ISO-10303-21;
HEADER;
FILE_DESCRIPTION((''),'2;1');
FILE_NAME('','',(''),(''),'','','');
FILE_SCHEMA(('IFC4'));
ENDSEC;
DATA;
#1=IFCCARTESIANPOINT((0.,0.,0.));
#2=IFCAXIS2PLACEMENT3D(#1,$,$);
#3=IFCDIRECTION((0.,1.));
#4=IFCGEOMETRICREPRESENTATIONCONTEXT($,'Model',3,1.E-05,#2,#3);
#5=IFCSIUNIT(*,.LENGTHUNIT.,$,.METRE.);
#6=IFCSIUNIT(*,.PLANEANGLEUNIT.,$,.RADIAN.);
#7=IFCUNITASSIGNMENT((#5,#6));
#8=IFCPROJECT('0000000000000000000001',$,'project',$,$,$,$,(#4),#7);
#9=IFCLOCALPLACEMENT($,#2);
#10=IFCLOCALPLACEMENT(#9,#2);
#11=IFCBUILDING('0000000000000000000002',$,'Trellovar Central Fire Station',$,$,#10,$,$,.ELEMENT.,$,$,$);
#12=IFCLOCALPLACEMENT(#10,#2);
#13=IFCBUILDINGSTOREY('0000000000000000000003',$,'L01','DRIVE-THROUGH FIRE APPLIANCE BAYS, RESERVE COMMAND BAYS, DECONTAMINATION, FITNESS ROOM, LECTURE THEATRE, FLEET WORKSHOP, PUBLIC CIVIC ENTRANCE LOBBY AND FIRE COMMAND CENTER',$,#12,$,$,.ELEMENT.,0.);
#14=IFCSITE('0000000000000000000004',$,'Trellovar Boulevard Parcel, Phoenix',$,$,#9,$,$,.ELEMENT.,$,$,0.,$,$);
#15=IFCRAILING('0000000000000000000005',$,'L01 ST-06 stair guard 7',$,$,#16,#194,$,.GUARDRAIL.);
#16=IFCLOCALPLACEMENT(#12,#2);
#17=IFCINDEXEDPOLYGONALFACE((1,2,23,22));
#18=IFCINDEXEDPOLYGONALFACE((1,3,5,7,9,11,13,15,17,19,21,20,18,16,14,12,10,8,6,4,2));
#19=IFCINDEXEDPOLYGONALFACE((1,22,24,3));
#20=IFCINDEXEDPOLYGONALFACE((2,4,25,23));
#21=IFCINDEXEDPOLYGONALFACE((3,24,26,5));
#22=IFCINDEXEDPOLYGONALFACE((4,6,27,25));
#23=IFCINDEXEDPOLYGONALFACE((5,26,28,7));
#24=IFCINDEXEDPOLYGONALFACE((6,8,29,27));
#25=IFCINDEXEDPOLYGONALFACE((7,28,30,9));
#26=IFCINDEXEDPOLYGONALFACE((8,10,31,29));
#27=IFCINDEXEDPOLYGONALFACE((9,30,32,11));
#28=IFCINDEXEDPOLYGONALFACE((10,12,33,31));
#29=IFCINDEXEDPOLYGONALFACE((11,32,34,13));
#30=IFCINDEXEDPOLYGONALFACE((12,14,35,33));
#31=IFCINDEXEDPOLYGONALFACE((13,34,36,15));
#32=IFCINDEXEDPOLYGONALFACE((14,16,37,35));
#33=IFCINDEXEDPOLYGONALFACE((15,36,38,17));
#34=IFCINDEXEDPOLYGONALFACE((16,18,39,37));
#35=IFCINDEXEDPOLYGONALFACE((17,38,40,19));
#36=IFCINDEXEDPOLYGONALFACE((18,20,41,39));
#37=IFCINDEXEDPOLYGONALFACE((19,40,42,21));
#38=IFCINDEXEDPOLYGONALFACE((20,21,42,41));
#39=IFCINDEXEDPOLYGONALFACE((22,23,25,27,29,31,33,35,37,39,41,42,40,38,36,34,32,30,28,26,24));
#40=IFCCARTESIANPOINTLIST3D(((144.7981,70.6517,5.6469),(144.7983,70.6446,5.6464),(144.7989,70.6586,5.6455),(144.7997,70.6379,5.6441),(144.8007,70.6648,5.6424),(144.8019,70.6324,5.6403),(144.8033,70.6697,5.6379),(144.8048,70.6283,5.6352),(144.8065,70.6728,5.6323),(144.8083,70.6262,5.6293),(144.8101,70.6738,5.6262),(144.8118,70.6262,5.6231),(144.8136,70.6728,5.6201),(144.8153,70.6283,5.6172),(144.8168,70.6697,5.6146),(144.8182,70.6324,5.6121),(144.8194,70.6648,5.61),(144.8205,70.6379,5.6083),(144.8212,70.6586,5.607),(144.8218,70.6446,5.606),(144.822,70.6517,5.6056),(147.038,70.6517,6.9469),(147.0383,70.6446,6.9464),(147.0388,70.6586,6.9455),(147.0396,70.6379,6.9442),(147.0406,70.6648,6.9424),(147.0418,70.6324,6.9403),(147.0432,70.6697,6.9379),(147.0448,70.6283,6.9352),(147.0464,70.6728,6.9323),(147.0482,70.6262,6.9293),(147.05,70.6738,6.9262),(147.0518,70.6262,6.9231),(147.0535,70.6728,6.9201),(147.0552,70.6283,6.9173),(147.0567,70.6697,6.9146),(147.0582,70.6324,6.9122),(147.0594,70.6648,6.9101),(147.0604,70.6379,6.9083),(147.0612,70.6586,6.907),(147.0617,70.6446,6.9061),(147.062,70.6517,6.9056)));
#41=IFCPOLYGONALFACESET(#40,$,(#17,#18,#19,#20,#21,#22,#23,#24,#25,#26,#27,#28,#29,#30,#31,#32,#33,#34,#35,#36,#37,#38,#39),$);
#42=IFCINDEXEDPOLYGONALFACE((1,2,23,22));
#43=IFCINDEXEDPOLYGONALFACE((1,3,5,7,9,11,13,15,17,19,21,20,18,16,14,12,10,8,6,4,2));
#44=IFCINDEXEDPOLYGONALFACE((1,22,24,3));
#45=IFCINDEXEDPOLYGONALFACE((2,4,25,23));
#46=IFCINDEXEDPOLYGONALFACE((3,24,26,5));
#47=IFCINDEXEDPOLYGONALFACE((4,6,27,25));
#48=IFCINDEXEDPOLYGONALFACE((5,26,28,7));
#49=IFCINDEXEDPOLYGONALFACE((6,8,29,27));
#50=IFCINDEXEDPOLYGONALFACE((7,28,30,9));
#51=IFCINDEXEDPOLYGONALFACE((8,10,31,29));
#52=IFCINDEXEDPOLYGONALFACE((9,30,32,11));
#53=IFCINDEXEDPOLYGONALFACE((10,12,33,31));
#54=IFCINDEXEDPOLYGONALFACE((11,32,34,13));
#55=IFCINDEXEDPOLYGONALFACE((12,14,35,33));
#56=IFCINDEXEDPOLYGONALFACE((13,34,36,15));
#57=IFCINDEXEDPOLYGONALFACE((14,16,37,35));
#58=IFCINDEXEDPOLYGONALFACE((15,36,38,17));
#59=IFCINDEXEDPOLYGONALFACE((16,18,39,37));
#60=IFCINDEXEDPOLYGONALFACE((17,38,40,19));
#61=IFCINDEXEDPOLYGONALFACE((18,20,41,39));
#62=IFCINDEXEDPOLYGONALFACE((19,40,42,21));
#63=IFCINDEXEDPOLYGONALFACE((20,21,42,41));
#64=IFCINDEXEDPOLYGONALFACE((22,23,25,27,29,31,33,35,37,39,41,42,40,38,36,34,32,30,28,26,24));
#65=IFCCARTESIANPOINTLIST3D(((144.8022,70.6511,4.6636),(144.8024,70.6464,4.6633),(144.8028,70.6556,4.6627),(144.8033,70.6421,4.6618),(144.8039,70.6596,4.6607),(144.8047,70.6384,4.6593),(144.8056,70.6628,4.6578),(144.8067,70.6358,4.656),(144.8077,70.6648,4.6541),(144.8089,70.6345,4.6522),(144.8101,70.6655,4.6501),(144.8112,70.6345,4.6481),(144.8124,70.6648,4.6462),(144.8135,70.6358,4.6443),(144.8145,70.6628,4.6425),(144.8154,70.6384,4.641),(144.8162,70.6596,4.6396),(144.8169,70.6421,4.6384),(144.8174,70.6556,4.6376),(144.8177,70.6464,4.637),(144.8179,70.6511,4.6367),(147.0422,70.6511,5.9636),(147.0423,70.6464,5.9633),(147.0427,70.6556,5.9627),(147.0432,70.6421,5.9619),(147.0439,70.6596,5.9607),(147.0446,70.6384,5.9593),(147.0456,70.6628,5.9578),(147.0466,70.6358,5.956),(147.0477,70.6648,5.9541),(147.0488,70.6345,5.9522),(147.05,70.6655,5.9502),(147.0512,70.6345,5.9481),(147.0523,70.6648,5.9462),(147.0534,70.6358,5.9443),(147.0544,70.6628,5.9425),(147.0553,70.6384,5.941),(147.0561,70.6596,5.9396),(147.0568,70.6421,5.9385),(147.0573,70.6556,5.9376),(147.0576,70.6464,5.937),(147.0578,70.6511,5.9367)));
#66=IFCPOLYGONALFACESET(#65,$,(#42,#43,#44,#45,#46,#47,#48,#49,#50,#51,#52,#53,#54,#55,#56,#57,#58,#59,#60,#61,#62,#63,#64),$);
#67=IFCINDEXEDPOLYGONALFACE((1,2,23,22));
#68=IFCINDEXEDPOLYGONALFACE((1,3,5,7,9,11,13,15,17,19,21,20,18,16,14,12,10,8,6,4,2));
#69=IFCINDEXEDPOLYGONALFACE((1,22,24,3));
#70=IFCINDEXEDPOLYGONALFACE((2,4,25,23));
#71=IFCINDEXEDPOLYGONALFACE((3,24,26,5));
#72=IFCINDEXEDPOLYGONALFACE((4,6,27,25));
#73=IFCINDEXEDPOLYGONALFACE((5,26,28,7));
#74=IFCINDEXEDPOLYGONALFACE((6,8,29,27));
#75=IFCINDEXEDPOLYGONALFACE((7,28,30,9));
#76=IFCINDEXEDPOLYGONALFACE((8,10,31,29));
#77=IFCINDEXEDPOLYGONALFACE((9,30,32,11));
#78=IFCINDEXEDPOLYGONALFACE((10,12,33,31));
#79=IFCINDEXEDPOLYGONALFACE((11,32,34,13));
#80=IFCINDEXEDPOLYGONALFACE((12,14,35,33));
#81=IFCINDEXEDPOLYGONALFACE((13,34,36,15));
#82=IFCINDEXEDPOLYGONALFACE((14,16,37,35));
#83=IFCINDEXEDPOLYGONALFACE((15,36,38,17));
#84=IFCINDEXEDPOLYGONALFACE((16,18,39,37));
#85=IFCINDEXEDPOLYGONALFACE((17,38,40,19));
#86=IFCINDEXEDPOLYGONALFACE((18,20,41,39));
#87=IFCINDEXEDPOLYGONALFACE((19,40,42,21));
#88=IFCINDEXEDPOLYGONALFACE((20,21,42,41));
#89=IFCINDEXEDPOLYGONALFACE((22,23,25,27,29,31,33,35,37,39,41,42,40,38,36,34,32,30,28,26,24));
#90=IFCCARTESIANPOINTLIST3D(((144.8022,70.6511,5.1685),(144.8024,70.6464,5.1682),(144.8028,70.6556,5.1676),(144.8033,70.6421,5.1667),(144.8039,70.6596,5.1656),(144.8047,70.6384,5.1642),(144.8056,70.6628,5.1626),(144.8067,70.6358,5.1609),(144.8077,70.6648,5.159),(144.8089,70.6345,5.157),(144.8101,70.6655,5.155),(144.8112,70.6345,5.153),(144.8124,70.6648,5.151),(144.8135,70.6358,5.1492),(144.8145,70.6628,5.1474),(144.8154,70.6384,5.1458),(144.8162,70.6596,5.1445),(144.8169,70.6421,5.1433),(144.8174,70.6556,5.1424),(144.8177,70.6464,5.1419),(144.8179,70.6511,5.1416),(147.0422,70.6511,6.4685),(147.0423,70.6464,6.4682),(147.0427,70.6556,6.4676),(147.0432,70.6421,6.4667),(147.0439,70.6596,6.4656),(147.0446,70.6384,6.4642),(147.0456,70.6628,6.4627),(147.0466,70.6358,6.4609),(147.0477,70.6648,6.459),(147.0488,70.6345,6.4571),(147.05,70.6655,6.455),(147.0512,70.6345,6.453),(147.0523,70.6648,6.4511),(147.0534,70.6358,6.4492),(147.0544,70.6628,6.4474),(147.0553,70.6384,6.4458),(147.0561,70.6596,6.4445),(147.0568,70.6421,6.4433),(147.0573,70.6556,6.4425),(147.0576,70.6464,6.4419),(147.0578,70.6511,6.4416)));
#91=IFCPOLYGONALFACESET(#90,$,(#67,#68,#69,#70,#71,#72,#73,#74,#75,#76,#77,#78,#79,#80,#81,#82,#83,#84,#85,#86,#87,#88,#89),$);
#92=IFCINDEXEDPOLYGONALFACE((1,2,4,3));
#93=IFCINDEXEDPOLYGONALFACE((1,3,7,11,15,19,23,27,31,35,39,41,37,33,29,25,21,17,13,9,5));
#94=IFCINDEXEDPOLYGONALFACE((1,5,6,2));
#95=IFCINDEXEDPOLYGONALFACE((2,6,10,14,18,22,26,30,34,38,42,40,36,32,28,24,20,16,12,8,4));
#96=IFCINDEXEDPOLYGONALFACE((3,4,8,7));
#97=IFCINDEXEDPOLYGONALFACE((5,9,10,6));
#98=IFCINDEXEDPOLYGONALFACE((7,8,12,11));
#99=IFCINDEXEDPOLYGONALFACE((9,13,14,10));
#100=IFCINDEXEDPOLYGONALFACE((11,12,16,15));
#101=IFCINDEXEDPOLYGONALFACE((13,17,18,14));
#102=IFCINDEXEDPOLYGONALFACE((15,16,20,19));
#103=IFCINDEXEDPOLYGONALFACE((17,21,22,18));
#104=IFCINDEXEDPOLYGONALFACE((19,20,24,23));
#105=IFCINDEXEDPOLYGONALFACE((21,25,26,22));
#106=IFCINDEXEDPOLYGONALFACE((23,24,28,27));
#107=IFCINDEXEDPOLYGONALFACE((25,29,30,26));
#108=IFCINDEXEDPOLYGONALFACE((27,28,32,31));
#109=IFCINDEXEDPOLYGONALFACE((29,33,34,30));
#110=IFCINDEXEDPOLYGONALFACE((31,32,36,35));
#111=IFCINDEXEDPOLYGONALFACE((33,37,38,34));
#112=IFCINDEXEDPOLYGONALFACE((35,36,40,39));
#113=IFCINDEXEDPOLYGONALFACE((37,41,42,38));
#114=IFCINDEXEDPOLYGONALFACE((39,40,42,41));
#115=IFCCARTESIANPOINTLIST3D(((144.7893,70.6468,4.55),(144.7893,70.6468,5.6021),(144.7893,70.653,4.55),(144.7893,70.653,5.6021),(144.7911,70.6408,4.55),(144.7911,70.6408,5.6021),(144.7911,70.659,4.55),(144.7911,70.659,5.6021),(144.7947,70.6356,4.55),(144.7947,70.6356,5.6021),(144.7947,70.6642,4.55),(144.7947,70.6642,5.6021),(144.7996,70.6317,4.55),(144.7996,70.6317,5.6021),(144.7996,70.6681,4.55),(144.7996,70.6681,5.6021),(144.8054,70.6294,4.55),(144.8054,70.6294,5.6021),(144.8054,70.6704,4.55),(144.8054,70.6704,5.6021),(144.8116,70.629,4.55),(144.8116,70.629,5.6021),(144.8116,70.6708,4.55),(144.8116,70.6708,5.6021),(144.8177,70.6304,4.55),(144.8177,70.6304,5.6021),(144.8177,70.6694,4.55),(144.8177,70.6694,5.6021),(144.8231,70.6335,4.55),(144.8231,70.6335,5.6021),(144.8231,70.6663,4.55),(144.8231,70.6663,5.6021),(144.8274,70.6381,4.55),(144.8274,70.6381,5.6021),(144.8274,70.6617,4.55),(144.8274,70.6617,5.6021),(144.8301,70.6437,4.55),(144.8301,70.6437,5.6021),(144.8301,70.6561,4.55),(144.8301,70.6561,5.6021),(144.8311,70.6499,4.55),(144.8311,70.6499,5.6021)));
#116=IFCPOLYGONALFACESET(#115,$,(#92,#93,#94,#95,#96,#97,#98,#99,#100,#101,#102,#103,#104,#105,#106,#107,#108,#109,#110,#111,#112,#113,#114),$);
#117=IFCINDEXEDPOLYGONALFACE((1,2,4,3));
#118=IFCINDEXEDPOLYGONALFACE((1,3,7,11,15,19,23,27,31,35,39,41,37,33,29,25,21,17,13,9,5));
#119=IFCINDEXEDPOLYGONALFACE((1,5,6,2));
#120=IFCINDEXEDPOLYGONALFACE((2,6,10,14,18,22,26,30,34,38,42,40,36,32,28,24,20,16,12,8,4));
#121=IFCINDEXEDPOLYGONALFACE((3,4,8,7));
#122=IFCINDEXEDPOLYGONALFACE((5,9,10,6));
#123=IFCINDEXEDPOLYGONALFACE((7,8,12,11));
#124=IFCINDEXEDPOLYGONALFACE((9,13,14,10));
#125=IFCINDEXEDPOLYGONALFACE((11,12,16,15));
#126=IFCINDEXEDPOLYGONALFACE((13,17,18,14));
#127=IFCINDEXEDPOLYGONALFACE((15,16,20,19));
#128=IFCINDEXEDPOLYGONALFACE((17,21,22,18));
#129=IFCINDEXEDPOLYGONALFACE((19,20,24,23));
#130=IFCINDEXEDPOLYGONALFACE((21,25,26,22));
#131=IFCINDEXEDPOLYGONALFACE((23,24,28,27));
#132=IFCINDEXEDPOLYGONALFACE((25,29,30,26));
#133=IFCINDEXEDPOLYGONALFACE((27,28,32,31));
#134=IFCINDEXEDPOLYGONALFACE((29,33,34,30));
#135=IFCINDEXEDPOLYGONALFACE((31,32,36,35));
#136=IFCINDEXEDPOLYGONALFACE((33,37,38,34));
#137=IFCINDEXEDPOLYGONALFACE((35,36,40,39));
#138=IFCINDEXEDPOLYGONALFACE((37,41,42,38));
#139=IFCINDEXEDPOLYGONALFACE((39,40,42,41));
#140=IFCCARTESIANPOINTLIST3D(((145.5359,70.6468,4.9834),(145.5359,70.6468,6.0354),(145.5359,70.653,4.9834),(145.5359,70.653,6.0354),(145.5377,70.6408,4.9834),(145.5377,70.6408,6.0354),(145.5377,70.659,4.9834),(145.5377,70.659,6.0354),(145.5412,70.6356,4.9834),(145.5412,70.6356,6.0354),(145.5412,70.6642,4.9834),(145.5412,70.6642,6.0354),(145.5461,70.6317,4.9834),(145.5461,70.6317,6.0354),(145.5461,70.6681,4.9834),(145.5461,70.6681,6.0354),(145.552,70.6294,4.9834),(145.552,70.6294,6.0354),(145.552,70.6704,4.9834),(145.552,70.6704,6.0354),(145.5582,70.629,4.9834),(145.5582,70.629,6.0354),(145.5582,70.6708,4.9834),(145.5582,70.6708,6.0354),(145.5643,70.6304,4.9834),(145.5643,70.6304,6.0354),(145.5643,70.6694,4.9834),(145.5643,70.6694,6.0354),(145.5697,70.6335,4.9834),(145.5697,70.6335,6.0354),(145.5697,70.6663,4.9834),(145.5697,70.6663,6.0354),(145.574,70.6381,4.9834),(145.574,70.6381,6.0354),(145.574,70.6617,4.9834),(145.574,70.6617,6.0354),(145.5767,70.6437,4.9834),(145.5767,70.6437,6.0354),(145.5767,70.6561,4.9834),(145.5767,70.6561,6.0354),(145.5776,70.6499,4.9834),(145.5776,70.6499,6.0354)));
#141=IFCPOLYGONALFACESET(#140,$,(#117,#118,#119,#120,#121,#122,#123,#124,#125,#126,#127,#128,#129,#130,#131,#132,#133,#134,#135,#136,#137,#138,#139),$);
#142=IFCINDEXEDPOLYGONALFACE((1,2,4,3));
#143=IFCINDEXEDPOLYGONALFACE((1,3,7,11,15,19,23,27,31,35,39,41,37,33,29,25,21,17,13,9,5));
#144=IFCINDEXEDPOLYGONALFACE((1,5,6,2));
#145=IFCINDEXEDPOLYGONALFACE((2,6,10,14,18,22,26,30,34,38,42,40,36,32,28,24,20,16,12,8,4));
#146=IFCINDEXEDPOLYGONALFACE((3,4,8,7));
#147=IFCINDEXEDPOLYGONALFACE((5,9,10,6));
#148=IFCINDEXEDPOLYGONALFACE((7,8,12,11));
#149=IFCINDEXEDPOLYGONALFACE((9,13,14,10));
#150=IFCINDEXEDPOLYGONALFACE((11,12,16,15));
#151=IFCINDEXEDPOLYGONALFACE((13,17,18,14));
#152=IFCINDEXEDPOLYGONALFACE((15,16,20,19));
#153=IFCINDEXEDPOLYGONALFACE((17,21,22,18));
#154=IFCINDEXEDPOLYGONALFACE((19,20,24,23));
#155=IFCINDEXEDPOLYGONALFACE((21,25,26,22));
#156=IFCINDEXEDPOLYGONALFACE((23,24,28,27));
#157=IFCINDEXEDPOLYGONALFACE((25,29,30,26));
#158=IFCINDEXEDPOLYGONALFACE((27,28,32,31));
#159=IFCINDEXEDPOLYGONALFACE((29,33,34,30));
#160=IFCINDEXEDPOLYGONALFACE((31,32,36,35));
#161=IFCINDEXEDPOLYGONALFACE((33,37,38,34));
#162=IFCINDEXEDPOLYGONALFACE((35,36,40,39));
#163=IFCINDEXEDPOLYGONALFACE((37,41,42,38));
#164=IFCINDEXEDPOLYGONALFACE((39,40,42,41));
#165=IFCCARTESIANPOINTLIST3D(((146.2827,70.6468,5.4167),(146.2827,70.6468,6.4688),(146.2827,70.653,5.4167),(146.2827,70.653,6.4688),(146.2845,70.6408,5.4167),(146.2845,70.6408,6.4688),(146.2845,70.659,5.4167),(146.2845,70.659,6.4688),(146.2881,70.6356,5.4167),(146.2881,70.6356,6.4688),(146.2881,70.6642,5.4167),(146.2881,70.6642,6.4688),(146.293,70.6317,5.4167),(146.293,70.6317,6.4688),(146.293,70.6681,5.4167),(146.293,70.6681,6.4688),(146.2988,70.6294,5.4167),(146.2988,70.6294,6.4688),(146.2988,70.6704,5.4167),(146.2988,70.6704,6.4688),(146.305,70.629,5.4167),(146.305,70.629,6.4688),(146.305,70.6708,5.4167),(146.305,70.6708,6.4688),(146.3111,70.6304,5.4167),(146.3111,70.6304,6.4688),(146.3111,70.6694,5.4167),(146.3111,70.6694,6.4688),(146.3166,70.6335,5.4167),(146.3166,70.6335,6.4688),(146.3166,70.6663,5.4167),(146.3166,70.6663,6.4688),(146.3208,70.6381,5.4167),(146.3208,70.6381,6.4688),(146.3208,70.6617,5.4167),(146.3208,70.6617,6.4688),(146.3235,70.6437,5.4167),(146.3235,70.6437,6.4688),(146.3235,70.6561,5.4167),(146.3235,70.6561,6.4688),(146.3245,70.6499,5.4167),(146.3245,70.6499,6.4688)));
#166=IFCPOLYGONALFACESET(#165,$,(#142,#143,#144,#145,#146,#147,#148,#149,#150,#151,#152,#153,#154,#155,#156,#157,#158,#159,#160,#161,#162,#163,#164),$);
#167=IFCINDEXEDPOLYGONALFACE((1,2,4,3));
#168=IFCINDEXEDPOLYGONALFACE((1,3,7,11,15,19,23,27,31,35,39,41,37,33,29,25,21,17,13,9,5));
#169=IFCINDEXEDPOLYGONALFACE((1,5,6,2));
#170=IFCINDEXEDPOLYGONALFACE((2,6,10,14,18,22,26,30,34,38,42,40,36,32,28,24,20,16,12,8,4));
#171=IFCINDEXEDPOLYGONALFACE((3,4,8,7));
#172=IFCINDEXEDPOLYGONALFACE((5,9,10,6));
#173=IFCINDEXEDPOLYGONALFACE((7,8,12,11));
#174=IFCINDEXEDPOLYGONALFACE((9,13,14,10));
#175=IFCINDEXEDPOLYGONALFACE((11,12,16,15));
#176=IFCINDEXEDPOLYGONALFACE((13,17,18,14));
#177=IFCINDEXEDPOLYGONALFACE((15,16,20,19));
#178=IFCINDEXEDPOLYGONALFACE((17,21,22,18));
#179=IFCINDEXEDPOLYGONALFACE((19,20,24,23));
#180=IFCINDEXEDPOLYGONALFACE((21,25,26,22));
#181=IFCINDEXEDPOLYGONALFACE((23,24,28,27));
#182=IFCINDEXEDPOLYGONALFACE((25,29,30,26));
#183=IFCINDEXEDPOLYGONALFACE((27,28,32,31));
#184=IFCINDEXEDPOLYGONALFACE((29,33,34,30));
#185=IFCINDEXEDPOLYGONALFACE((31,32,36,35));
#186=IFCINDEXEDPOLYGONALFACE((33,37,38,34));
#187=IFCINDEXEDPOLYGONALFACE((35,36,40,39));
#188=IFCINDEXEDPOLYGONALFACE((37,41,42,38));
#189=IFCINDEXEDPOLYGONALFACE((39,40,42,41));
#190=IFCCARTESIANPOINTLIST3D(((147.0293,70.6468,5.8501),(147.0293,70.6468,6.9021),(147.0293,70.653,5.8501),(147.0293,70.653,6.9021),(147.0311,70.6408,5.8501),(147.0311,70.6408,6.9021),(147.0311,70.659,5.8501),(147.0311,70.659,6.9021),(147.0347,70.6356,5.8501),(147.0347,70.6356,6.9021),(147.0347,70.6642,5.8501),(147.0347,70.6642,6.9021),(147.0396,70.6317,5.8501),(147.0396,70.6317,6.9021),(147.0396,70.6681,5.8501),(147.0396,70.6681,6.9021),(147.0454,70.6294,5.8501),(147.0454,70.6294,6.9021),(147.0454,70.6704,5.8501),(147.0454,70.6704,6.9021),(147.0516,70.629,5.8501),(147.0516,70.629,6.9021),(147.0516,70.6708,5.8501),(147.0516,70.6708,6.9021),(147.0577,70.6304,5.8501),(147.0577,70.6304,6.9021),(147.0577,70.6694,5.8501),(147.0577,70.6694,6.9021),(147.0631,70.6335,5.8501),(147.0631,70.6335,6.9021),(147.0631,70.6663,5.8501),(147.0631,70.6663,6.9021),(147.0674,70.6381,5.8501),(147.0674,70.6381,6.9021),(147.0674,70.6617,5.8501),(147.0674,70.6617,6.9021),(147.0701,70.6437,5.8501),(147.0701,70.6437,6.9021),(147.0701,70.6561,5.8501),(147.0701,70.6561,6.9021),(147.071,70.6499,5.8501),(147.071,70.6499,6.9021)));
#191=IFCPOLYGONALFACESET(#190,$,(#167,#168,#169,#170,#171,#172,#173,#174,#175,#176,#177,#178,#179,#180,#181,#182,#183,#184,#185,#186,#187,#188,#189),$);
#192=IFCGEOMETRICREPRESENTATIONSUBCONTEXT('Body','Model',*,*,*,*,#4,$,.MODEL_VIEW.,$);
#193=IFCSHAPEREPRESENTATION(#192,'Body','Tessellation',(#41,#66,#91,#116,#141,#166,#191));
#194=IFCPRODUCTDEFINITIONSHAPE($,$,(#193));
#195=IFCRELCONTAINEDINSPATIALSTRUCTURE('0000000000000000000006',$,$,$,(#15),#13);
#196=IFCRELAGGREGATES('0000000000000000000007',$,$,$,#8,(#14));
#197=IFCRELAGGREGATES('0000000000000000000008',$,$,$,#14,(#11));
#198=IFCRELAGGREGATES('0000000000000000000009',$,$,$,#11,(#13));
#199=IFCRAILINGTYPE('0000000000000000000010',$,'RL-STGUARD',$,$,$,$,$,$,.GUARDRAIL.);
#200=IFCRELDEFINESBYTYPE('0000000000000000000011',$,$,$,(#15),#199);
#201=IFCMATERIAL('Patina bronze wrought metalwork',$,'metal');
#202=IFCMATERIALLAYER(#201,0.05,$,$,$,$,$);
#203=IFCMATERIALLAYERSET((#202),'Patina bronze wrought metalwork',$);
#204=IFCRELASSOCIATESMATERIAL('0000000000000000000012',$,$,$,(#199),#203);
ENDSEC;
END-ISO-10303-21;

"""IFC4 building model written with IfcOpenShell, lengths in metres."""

from ifc_helpers import new_model, si_unit, direction, frame, origin, origin_2d, place, context, subcontext, project, spatial, circle, extrude, material, layer, layer_set, type_object, element, save


model = new_model("IFC4")

# Units and contexts
model_context = context("Model", 3, precision=1e-05, world=origin(), true_north=direction((0.0, 1.0)))
body_context = subcontext(model_context, "Body", "Model", "MODEL_VIEW")
ifc_project = project(units=[si_unit("LENGTHUNIT", "METRE"), si_unit("PLANEANGLEUNIT", "RADIAN")], contexts=[model_context])

# Site, building, storey
site_placement = place(None, origin())
site = spatial("IfcSite", under=ifc_project, at=site_placement, Name="Trellovar Boulevard Parcel, Phoenix", CompositionType="ELEMENT", RefElevation=0.0)
building_placement = place(site_placement, origin())
building = spatial("IfcBuilding", under=site, at=building_placement, Name="Trellovar Central Fire Station", CompositionType="ELEMENT")
storey_placement = place(building_placement, origin())
storey = spatial("IfcBuildingStorey", under=building, at=storey_placement, Name="L01", Description="DRIVE-THROUGH FIRE APPLIANCE BAYS, RESERVE COMMAND BAYS, DECONTAMINATION, FITNESS ROOM, LECTURE THEATRE, FLEET WORKSHOP, PUBLIC CIVIC ENTRANCE LOBBY AND FIRE COMMAND CENTER", CompositionType="ELEMENT", Elevation=0.0)

# Railing
ifc_material_1 = material(Name="Patina bronze wrought metalwork", Category="metal")
ifc_layer_1 = layer(ifc_material_1, 0.05)
ifc_layer_set_1 = layer_set([ifc_layer_1], Name="Patina bronze wrought metalwork")
railing_type_1 = type_object("IfcRailingType", Name="RL-STGUARD", PredefinedType="GUARDRAIL", material=ifc_layer_set_1)
railing_1_placement = place(storey_placement, frame((144.8101, 70.6499, 4.55)))
element("IfcRailing", 1, at=railing_1_placement, inside=storey, type_object=railing_type_1, Name="L01 ST-06 stair guard 7", PredefinedType="GUARDRAIL", context=body_context, shape_type="SweptSolid", body=[
    extrude(circle(Radius=0.0239, at=origin_2d()), frame((0.0, 0.0, 1.0762), z_axis=(0.864888, 0.0, 0.501965), x_axis=(0.0, 1.0, 0.0)), (0.0, 0.0, 1.0), 2.5898),
    extrude(circle(Radius=0.0156, at=origin_2d()), frame((0.0, 0.0, 0.1001), z_axis=(0.864888, 0.0, 0.501965), x_axis=(0.0, 1.0, 0.0)), (0.0, 0.0, 1.0), 2.5898),
    extrude(circle(Radius=0.0156, at=origin_2d()), frame((0.0, 0.0, 0.605), z_axis=(0.864888, 0.0, 0.501965), x_axis=(0.0, 1.0, 0.0)), (0.0, 0.0, 1.0), 2.5898),
    extrude(circle(Radius=0.021, at=origin_2d()), origin(), (0.0, 0.0, 1.0), 1.052),
    extrude(circle(Radius=0.021, at=origin_2d()), frame((0.7466, 0.0, 0.4333)), (0.0, 0.0, 1.0), 1.052),
    extrude(circle(Radius=0.021, at=origin_2d()), frame((1.4934, 0.0, 0.8667)), (0.0, 0.0, 1.0), 1.052),
    extrude(circle(Radius=0.021, at=origin_2d()), frame((2.24, 0.0, 1.3)), (0.0, 0.0, 1.0), 1.052),
])

save(model, "model.ifc")
